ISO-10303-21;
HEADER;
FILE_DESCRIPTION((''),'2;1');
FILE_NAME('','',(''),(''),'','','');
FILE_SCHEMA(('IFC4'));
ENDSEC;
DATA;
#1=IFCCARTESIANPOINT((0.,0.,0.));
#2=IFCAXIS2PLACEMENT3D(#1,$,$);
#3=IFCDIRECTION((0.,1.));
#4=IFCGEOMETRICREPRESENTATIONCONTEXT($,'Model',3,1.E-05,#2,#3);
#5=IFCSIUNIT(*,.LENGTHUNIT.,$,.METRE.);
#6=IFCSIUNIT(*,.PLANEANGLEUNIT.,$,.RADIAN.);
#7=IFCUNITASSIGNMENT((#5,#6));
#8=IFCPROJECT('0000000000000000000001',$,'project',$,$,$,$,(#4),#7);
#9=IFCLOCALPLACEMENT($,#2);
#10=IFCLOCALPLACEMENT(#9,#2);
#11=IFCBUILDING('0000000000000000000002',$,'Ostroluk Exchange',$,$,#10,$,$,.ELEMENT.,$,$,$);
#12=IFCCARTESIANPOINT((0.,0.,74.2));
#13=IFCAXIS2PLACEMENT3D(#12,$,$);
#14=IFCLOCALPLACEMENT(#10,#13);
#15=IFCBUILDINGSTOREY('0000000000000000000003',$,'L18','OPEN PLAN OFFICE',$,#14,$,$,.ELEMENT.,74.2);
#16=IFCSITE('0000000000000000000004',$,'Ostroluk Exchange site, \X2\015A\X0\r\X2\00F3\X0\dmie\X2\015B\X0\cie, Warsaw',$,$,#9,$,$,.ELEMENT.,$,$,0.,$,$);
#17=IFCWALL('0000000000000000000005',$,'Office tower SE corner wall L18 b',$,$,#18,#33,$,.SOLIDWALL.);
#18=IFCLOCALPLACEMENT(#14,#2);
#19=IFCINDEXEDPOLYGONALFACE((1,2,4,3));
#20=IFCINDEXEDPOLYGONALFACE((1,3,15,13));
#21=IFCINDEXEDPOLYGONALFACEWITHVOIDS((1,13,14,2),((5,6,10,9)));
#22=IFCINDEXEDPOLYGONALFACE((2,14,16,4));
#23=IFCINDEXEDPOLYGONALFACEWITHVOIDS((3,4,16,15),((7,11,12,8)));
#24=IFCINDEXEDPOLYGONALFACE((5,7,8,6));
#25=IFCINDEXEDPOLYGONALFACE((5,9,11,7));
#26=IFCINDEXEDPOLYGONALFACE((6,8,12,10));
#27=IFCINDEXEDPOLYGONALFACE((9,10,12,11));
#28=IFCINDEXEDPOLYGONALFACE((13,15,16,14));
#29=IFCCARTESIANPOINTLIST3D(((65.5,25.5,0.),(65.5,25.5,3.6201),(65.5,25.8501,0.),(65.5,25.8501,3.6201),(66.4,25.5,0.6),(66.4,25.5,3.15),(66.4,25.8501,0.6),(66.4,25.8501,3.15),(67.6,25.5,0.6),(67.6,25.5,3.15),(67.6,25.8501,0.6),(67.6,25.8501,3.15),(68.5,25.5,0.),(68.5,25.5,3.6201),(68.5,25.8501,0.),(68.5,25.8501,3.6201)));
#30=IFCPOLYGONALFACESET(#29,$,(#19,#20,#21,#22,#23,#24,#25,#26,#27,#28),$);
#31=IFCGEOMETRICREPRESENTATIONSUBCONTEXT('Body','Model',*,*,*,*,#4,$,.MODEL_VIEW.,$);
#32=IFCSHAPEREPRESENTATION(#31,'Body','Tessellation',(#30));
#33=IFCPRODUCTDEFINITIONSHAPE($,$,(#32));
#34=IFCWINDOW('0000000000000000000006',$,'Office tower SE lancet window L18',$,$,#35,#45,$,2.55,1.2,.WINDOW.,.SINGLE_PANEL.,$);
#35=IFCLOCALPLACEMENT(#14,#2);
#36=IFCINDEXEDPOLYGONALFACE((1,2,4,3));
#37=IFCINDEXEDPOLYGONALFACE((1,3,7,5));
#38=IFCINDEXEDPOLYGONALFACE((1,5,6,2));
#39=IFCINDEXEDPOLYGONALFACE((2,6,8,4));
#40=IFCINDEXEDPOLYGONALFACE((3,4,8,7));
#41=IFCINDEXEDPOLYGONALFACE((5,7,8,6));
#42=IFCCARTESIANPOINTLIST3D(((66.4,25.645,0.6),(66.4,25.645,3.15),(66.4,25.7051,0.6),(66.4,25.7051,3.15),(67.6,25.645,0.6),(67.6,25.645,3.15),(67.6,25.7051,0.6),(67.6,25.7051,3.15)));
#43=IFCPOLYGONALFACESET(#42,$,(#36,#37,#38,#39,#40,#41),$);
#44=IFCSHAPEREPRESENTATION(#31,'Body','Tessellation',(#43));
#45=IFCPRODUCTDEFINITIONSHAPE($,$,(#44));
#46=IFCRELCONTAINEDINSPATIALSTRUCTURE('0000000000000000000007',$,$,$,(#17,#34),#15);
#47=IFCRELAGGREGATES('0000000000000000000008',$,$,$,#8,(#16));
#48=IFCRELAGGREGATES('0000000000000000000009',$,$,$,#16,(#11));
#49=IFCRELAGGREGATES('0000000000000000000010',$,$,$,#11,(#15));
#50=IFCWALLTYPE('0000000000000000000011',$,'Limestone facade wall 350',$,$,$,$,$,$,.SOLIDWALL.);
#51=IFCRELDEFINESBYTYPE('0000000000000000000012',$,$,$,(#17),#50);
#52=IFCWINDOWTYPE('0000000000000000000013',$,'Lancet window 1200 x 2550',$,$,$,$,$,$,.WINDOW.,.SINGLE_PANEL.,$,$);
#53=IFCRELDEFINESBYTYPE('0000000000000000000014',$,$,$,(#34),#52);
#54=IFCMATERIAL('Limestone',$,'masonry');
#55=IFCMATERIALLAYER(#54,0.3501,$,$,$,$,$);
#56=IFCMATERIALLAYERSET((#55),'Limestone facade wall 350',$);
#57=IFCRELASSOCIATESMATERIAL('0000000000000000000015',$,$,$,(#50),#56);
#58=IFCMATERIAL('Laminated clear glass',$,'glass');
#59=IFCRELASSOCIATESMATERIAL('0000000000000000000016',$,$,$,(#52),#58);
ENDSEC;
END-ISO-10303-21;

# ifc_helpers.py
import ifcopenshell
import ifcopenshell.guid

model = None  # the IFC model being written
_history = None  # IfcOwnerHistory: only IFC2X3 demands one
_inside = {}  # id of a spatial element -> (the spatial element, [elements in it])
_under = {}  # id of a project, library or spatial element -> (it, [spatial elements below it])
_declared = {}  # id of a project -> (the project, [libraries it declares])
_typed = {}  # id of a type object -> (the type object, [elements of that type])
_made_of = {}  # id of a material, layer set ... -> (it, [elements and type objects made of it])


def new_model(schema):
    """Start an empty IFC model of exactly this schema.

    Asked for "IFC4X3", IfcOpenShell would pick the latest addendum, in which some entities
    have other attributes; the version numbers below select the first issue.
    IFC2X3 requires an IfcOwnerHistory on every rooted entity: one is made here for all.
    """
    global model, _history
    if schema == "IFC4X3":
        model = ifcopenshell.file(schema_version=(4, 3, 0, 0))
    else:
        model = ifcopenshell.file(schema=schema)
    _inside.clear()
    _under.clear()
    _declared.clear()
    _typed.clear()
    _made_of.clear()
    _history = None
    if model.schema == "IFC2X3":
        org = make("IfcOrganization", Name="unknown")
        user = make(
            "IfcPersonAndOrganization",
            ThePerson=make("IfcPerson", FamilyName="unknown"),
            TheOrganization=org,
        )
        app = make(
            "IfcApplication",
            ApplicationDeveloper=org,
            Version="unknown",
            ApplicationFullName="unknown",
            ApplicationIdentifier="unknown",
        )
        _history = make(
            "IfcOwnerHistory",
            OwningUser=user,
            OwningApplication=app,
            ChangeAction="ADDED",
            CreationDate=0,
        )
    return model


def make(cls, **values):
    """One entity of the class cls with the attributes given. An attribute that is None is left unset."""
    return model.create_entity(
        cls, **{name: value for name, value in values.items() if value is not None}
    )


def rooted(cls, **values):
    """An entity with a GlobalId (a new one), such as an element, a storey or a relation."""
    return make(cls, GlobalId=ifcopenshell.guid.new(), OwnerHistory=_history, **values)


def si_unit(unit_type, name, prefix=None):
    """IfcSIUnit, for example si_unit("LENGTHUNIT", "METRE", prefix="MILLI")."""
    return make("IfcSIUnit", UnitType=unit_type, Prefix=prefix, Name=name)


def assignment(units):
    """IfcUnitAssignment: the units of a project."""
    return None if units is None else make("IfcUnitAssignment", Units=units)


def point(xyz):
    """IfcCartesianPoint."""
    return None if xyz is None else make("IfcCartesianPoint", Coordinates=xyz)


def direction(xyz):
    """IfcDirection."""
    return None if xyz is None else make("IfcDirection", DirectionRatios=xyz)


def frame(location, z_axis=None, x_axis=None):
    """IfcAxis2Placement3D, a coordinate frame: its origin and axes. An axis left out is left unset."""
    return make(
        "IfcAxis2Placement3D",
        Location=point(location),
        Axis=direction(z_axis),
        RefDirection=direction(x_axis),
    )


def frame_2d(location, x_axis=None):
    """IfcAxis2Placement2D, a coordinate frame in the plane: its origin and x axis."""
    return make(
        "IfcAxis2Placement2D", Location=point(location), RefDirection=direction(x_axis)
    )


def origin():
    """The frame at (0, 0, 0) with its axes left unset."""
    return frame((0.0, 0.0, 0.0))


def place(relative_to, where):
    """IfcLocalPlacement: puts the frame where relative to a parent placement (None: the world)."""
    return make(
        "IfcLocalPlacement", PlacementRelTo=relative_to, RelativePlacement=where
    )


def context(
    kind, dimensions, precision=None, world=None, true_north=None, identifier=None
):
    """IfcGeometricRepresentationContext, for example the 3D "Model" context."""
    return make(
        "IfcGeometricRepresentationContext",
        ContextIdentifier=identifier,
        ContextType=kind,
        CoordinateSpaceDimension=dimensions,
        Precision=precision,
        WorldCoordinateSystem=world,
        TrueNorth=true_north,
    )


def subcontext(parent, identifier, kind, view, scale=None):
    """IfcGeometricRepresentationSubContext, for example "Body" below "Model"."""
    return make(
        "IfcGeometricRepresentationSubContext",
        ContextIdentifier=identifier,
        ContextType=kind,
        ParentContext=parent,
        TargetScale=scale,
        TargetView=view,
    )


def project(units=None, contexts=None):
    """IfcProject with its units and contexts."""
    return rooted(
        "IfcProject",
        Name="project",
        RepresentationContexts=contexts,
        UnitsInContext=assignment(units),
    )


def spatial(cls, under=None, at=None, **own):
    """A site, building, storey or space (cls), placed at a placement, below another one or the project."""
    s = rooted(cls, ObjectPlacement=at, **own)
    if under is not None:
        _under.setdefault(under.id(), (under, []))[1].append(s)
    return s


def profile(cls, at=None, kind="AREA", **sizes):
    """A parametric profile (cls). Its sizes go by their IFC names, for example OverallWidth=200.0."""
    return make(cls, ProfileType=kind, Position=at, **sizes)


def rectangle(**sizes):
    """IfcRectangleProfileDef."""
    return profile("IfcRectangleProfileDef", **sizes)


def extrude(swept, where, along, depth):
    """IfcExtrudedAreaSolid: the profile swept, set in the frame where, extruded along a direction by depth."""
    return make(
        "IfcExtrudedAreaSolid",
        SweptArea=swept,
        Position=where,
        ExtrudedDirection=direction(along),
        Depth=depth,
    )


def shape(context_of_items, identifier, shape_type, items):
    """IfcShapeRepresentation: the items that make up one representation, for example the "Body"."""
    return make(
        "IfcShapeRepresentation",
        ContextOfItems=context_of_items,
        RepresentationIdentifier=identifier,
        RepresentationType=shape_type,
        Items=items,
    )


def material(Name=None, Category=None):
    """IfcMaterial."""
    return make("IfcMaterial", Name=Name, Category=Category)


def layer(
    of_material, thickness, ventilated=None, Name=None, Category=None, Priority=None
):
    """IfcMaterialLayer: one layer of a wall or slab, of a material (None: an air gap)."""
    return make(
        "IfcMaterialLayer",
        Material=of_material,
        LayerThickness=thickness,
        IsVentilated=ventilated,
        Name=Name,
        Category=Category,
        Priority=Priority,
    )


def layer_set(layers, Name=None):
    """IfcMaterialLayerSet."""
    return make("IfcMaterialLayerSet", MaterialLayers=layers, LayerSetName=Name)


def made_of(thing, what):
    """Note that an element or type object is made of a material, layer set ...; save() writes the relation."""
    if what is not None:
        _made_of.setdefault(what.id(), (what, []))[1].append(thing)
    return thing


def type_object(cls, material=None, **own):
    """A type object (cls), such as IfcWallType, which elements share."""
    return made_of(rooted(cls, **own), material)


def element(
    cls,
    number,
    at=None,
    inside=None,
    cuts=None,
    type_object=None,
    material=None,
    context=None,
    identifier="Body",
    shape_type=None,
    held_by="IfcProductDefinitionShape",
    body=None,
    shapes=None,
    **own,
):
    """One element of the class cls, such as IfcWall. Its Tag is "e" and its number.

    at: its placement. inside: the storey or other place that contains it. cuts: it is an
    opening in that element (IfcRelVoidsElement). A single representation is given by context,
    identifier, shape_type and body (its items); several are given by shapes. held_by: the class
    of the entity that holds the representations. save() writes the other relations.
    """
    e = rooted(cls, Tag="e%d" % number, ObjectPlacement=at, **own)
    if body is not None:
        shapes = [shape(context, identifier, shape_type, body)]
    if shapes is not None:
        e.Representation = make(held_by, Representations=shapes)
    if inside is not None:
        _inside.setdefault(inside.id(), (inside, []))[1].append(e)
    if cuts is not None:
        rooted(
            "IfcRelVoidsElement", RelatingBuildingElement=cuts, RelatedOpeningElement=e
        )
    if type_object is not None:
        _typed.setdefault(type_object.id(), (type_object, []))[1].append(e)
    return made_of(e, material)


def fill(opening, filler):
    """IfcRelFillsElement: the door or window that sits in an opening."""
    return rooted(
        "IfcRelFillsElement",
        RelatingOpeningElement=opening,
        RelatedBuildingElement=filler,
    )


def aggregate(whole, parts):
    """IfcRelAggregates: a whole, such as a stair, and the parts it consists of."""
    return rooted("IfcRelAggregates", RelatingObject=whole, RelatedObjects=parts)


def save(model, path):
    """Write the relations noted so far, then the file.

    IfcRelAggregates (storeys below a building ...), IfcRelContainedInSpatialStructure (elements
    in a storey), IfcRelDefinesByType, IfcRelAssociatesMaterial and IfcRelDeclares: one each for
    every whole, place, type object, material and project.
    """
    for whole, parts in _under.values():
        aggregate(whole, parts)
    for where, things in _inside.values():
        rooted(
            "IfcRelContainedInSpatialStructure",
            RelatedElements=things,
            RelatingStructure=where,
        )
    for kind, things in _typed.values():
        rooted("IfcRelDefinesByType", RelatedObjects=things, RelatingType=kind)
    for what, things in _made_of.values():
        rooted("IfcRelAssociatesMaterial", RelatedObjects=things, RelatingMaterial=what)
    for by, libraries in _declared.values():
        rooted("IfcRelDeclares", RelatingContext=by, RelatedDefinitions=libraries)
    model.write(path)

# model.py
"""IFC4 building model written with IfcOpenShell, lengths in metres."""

from ifc_helpers import new_model, si_unit, direction, frame, frame_2d, origin, place, context, subcontext, project, spatial, rectangle, extrude, material, layer, layer_set, type_object, element, fill, save


model = new_model("IFC4")

# Units and contexts
model_context = context("Model", 3, precision=1e-05, world=origin(), true_north=direction((0.0, 1.0)))
body_context = subcontext(model_context, "Body", "Model", "MODEL_VIEW")
ifc_project = project(units=[si_unit("LENGTHUNIT", "METRE"), si_unit("PLANEANGLEUNIT", "RADIAN")], contexts=[model_context])

# Site, building, storey
site_placement = place(None, origin())
site = spatial("IfcSite", under=ifc_project, at=site_placement, Name="Ostroluk Exchange site, Śródmieście, Warsaw", CompositionType="ELEMENT", RefElevation=0.0)
building_placement = place(site_placement, origin())
building = spatial("IfcBuilding", under=site, at=building_placement, Name="Ostroluk Exchange", CompositionType="ELEMENT")
storey_placement = place(building_placement, frame((0.0, 0.0, 74.2)))
storey = spatial("IfcBuildingStorey", under=building, at=storey_placement, Name="L18", Description="OPEN PLAN OFFICE", CompositionType="ELEMENT", Elevation=74.2)

# Shared definitions
ifc_material_1 = material(Name="Limestone", Category="masonry")
ifc_layer_1 = layer(ifc_material_1, 0.3501)
ifc_layer_set_1 = layer_set([ifc_layer_1], Name="Limestone facade wall 350")
wall_type = type_object("IfcWallType", Name="Limestone facade wall 350", PredefinedType="SOLIDWALL", material=ifc_layer_set_1)

# Wall, opening, window
wall_1_placement = place(storey_placement, frame((65.5, 25.675, 0.0), z_axis=(0.0, 0.0, 1.0), x_axis=(1.0, 0.0, 0.0)))
wall_1 = element("IfcWall", 1, at=wall_1_placement, inside=storey, type_object=wall_type, Name="Office tower SE corner wall L18 b", PredefinedType="SOLIDWALL", context=body_context, shape_type="SweptSolid", body=[
    extrude(rectangle(XDim=3.0, YDim=0.3501, at=frame_2d((1.5, 0.0))), origin(), (0.0, 0.0, 1.0), 3.6201),
])
opening_1_placement = place(wall_1_placement, frame((0.8999, 0.0, 0.6001)))
opening_1 = element("IfcOpeningElement", 2, at=opening_1_placement, cuts=wall_1, PredefinedType="OPENING", context=body_context, shape_type="SweptSolid", body=[
    extrude(rectangle(XDim=1.2, YDim=2.55, at=frame_2d((0.6001, 1.2749))), frame((0.0, 0.1851, 0.0), z_axis=(0.0, -1.0, 0.0), x_axis=(1.0, 0.0, 0.0)), (0.0, 0.0, 1.0), 0.3701),
])
ifc_material_2 = material(Name="Laminated clear glass", Category="glass")
window_type = type_object("IfcWindowType", Name="Lancet window 1200 x 2550", PartitioningType="SINGLE_PANEL", PredefinedType="WINDOW", material=ifc_material_2)
window_placement = place(opening_1_placement, origin())
window = element("IfcWindow", 3, at=window_placement, inside=storey, type_object=window_type, Name="Office tower SE lancet window L18", OverallHeight=2.55, OverallWidth=1.2, PartitioningType="SINGLE_PANEL", PredefinedType="WINDOW", context=body_context, shape_type="SweptSolid", body=[
    extrude(rectangle(XDim=1.2, YDim=2.55, at=frame_2d((0.6001, 1.2749))), frame((0.0, 0.03, 0.0), z_axis=(0.0, -1.0, 0.0), x_axis=(1.0, 0.0, 0.0)), (0.0, 0.0, 1.0), 0.0601),
])
fill(opening_1, window)

save(model, "model.ifc")
